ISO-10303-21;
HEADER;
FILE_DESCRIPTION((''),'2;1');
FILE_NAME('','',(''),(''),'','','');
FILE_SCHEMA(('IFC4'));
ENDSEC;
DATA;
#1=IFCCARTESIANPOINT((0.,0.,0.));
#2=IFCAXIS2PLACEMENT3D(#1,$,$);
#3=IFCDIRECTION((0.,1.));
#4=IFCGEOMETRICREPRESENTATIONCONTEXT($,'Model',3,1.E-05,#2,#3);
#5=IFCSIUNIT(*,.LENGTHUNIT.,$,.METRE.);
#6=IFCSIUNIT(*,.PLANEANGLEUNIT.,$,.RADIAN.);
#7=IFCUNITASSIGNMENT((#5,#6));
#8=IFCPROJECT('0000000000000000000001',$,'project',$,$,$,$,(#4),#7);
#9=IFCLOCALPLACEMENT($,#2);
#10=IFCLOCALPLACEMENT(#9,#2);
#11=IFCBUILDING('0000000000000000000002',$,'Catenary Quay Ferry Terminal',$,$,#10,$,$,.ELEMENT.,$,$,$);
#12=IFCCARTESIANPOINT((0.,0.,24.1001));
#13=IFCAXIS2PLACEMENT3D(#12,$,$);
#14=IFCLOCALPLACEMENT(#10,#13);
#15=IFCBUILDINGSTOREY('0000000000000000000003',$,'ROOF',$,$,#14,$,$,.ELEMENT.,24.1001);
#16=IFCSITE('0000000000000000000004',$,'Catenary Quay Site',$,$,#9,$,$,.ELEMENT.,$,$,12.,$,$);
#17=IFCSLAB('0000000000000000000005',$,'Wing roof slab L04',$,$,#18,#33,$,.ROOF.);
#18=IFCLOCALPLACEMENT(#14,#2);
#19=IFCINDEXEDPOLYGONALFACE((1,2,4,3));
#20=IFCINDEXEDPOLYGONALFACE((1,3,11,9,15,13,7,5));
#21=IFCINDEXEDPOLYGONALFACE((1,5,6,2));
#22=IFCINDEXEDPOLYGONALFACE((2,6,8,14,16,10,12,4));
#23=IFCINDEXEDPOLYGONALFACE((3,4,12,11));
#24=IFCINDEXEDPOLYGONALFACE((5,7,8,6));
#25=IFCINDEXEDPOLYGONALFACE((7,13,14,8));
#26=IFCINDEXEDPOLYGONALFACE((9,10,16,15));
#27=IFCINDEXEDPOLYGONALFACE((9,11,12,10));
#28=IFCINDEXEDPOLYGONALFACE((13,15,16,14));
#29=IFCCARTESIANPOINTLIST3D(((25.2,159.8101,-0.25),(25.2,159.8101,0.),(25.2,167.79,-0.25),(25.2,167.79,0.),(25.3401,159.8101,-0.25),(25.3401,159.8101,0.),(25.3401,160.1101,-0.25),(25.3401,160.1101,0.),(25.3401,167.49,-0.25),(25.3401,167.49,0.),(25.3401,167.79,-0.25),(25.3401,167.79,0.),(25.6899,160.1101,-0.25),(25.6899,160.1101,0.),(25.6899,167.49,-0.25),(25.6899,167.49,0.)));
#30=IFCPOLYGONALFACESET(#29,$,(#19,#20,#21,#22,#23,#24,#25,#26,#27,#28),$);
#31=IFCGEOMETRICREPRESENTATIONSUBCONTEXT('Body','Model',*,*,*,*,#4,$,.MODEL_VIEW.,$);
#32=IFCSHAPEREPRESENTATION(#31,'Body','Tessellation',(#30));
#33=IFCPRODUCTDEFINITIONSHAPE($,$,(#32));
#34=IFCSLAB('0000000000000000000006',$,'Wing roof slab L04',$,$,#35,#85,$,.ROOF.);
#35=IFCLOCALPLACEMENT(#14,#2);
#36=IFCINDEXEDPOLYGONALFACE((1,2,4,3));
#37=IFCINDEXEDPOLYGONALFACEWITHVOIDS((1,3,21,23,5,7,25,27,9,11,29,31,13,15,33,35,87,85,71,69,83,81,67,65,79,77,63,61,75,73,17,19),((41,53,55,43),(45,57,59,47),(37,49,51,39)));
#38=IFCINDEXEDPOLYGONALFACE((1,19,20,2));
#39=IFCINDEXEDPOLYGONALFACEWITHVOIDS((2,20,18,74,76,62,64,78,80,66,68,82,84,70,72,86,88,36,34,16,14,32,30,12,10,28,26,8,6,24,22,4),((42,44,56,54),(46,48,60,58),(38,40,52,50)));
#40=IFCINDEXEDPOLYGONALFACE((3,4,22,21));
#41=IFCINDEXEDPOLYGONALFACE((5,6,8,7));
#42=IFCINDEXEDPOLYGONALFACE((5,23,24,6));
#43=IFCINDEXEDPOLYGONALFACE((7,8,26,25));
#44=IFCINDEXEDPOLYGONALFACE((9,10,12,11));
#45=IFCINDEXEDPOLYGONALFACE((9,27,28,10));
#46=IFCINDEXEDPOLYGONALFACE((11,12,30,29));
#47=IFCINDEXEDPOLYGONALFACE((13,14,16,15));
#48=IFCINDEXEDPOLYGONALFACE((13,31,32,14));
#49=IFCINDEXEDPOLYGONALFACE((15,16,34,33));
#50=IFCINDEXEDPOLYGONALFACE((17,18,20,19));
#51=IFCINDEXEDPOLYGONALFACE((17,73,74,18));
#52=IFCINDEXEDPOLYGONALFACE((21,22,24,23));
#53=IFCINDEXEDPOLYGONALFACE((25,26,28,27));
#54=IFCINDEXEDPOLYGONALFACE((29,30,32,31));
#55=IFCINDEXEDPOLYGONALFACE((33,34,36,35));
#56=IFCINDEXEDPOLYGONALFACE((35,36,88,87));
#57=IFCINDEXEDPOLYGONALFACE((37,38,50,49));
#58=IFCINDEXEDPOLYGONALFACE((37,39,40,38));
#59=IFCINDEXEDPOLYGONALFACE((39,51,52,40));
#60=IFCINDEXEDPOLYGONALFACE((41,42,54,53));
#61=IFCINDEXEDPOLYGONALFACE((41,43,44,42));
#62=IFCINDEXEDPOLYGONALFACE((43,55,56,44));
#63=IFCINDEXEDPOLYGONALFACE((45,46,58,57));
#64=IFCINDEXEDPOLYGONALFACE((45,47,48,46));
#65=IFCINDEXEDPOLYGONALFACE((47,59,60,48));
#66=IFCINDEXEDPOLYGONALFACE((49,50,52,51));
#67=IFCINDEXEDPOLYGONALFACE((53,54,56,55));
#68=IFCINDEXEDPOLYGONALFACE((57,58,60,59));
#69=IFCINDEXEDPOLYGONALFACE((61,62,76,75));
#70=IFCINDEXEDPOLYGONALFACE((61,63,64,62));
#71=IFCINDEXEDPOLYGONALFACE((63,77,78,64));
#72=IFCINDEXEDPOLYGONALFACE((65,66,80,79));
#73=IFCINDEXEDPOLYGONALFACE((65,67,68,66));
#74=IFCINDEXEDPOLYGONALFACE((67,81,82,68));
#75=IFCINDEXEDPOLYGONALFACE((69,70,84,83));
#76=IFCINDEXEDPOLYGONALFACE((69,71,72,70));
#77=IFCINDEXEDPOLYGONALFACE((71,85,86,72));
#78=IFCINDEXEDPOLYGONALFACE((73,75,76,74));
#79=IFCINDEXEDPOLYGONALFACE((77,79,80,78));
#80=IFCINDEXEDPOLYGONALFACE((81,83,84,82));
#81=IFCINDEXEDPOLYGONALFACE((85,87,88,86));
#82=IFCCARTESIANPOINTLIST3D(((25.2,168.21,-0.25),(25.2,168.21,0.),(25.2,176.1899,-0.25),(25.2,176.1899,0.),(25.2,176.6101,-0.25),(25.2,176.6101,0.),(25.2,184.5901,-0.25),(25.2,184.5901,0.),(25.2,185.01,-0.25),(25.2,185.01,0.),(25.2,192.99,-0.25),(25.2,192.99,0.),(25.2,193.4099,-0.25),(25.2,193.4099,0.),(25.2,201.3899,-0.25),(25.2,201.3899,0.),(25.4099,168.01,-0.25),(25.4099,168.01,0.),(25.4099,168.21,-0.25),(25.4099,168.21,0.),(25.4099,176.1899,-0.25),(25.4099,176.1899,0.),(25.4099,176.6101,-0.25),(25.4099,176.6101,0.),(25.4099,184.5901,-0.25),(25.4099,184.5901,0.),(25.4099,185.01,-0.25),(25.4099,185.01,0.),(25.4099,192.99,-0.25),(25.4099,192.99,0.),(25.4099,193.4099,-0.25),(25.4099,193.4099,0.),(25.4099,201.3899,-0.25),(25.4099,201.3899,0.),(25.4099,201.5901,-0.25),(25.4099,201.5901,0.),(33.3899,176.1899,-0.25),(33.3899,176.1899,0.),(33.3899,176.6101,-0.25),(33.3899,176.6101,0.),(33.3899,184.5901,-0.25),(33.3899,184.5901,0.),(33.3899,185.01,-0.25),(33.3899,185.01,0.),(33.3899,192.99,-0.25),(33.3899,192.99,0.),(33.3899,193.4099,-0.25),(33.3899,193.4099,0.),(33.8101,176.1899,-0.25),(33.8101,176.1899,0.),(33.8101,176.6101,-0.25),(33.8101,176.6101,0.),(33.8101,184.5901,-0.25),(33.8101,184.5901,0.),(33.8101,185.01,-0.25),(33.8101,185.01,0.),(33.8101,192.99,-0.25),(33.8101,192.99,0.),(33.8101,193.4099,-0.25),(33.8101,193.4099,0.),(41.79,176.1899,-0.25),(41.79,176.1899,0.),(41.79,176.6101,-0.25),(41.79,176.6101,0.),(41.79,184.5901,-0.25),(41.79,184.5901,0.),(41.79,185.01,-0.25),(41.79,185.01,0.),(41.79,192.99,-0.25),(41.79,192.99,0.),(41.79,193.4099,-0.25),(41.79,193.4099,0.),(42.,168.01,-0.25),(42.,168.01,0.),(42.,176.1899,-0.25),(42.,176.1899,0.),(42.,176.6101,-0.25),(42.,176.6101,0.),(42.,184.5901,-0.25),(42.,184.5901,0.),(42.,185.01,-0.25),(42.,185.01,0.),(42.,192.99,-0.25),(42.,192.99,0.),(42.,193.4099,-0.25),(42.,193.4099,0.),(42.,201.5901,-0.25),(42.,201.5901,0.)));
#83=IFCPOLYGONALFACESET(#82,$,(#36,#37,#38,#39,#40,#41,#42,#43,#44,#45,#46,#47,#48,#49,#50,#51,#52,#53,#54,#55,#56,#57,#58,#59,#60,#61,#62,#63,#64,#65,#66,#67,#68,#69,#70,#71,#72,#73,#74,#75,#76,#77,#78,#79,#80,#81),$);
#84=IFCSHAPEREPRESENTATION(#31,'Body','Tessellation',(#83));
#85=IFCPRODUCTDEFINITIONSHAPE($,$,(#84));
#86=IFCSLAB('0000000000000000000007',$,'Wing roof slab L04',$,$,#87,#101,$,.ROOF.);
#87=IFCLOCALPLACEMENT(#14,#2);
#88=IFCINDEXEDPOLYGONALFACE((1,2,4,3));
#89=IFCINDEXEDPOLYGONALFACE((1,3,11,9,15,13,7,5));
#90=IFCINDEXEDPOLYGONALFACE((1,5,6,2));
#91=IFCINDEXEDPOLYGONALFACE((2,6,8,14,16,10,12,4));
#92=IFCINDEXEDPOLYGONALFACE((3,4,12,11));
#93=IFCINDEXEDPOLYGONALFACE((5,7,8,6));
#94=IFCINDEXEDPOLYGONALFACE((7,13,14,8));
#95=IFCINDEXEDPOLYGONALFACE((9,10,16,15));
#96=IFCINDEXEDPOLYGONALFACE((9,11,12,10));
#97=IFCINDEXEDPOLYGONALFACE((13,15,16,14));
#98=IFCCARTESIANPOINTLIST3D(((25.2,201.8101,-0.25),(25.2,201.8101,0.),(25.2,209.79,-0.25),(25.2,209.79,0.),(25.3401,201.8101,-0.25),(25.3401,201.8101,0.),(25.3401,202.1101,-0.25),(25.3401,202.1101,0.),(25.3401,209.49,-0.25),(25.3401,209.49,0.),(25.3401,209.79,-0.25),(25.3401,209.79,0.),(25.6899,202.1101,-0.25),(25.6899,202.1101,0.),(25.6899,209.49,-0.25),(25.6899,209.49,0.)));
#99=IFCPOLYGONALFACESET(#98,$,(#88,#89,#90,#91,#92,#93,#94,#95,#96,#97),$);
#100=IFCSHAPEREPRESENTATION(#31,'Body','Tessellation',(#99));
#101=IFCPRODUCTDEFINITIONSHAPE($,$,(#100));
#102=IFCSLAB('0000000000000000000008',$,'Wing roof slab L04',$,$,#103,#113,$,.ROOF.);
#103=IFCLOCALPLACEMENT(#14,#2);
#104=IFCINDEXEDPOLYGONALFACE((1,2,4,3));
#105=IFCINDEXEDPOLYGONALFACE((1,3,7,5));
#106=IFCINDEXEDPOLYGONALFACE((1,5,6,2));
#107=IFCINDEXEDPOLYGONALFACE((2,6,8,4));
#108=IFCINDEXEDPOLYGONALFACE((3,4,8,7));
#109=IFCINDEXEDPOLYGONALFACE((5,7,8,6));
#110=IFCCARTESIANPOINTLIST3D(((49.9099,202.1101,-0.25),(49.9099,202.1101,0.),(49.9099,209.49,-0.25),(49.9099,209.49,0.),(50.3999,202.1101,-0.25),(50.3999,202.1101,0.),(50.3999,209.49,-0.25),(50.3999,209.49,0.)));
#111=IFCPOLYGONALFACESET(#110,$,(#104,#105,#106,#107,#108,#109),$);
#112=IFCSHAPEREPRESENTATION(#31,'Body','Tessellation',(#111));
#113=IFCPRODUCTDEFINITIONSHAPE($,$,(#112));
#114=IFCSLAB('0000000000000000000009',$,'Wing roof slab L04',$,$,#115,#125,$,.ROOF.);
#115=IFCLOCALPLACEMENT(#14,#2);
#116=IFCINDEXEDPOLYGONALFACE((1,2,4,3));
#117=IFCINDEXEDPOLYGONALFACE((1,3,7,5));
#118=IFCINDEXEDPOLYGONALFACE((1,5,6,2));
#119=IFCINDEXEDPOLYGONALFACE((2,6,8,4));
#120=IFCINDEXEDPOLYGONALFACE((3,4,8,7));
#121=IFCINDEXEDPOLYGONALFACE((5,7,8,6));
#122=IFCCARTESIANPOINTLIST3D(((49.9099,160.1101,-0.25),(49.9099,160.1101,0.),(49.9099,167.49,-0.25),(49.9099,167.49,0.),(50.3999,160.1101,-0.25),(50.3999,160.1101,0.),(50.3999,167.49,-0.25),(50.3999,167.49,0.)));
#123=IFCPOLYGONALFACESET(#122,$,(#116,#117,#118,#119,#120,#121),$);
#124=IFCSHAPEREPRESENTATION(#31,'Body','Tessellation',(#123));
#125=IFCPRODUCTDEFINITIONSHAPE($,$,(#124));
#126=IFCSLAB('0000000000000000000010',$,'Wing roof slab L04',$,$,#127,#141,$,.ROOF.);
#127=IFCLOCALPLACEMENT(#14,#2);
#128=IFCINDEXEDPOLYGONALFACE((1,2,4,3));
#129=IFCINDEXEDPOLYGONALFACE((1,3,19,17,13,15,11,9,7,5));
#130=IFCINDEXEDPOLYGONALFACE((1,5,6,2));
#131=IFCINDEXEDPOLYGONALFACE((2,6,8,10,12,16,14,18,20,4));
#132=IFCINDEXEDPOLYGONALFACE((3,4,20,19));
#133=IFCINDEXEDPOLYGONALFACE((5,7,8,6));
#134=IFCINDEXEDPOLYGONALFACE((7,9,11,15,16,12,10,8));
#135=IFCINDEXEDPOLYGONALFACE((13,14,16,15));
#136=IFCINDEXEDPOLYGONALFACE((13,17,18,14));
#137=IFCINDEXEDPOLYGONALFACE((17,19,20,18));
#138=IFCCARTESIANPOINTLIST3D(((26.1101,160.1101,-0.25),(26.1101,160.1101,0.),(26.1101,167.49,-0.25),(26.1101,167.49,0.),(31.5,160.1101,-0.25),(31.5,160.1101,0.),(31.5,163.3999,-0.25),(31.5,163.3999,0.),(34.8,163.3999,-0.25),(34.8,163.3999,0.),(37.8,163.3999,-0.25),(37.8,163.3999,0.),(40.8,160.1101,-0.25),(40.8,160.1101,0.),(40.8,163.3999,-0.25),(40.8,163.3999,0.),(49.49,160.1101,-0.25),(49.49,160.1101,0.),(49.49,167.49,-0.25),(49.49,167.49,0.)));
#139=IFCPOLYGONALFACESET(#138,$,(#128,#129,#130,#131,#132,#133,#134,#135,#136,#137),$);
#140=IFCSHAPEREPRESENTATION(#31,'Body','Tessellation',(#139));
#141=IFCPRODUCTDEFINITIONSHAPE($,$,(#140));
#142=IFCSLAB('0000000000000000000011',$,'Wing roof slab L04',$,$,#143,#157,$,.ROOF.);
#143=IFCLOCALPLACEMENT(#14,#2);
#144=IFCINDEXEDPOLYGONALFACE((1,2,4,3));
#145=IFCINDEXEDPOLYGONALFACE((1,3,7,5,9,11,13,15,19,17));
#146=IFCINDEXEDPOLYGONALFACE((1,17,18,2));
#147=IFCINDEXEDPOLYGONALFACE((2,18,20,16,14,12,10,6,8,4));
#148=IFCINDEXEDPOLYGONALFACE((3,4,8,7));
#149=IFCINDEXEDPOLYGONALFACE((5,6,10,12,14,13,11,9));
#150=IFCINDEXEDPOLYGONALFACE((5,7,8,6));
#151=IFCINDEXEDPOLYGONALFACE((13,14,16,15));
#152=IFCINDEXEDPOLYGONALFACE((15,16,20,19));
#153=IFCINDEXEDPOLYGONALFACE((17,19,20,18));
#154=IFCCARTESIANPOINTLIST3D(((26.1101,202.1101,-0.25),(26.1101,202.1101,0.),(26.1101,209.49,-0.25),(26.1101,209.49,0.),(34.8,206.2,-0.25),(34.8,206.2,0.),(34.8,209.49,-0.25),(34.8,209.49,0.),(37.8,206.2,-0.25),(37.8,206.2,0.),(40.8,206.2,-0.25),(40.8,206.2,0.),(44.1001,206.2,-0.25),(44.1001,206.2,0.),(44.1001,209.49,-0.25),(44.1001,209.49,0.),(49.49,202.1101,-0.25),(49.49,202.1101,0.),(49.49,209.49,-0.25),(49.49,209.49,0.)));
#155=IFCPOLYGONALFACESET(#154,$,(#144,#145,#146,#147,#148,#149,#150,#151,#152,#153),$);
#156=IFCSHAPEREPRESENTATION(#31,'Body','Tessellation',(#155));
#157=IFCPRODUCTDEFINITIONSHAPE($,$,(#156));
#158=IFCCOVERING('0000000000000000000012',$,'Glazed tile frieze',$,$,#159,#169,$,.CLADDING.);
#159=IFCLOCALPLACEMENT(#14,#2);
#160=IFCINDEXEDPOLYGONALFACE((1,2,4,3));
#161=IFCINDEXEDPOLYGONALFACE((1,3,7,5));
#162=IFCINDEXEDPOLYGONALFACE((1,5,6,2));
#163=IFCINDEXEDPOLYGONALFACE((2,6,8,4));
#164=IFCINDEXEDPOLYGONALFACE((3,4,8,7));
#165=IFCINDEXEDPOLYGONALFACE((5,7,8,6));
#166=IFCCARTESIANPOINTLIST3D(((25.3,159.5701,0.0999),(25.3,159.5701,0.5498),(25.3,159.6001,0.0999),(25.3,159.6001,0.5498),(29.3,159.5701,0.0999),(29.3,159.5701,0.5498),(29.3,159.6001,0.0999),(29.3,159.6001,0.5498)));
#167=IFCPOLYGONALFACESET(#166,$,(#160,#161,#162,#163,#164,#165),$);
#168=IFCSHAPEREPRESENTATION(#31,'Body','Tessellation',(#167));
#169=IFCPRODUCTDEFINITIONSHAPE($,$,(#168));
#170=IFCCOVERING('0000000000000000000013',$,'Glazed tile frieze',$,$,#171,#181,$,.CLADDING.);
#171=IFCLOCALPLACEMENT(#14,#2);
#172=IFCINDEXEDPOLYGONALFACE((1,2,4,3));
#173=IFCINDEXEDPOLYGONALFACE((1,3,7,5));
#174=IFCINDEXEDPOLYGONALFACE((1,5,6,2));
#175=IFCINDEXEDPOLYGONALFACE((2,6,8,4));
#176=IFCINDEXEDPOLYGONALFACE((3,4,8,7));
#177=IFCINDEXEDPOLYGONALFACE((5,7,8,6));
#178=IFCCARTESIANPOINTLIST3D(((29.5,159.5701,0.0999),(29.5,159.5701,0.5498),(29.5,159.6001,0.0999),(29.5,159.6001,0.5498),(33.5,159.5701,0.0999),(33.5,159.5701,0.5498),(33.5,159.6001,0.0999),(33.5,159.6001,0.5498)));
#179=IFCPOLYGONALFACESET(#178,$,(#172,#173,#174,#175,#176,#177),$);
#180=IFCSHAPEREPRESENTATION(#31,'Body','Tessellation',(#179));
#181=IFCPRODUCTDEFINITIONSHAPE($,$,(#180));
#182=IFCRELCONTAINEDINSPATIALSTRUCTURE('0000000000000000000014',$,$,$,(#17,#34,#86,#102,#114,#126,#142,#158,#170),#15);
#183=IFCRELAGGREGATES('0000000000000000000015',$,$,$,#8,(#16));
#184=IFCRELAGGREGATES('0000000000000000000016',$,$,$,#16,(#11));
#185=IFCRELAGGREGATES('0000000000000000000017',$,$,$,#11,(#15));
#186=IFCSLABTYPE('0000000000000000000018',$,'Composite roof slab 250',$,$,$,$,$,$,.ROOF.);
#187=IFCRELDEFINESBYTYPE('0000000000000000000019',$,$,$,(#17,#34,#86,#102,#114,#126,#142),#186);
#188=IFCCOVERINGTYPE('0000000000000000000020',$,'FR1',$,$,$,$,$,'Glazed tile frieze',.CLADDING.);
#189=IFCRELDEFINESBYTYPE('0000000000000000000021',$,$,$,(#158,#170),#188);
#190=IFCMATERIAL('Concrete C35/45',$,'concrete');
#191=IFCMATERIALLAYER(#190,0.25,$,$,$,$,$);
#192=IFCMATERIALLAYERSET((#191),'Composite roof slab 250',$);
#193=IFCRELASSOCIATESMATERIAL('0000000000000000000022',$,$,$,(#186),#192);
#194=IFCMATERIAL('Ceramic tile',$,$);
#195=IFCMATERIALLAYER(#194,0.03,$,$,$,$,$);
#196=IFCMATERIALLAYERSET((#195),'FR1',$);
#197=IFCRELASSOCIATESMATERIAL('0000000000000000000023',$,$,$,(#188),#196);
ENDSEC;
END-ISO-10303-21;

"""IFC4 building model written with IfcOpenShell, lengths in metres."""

from ifc_helpers import new_model, si_unit, direction, frame, origin, place, context, subcontext, project, spatial, polyline, outline, extrude, material, layer, layer_set, type_object, element, save


model = new_model("IFC4")

# Units and contexts
model_context = context("Model", 3, precision=1e-05, world=origin(), true_north=direction((0.0, 1.0)))
body_context = subcontext(model_context, "Body", "Model", "MODEL_VIEW")
ifc_project = project(units=[si_unit("LENGTHUNIT", "METRE"), si_unit("PLANEANGLEUNIT", "RADIAN")], contexts=[model_context])

# Site, building, storey
site_placement = place(None, origin())
site = spatial("IfcSite", under=ifc_project, at=site_placement, Name="Catenary Quay Site", CompositionType="ELEMENT", RefElevation=12.0)
building_placement = place(site_placement, origin())
building = spatial("IfcBuilding", under=site, at=building_placement, Name="Catenary Quay Ferry Terminal", CompositionType="ELEMENT")
storey_placement = place(building_placement, frame((0.0, 0.0, 24.1001)))
storey = spatial("IfcBuildingStorey", under=building, at=storey_placement, Name="ROOF", CompositionType="ELEMENT", Elevation=24.1001)

# Slabs
ifc_material_1 = material(Name="Concrete C35/45", Category="concrete")
ifc_layer_1 = layer(ifc_material_1, 0.25)
ifc_layer_set_1 = layer_set([ifc_layer_1], Name="Composite roof slab 250")
slab_type = type_object("IfcSlabType", Name="Composite roof slab 250", PredefinedType="ROOF", material=ifc_layer_set_1)
slab_1_placement = place(storey_placement, frame((0.0, 0.0, -0.25)))
element("IfcSlab", 1, at=slab_1_placement, inside=storey, type_object=slab_type, Name="Wing roof slab L04", PredefinedType="ROOF", context=body_context, shape_type="SweptSolid", body=[
    extrude(outline(polyline([(25.2, 167.79), (25.3401, 167.79), (25.3401, 167.49), (25.6899, 167.49), (25.6899, 160.1101), (25.3401, 160.1101), (25.3401, 159.8101), (25.2, 159.8101), (25.2, 167.79)])), origin(), (0.0, 0.0, 1.0), 0.25),
])
slab_2_placement = place(storey_placement, frame((0.0, 0.0, -0.25)))
element("IfcSlab", 2, at=slab_2_placement, inside=storey, type_object=slab_type, Name="Wing roof slab L04", PredefinedType="ROOF", context=body_context, shape_type="SweptSolid", body=[
    extrude(outline(polyline([(25.2, 176.1899), (25.4099, 176.1899), (25.4099, 176.6101), (25.2, 176.6101), (25.2, 184.5901), (25.4099, 184.5901), (25.4099, 185.01), (25.2, 185.01), (25.2, 192.99), (25.4099, 192.99), (25.4099, 193.4099), (25.2, 193.4099), (25.2, 201.3899), (25.4099, 201.3899), (25.4099, 201.5901), (42.0, 201.5901), (42.0, 193.4099), (41.79, 193.4099), (41.79, 192.99), (42.0, 192.99), (42.0, 185.01), (41.79, 185.01), (41.79, 184.5901), (42.0, 184.5901), (42.0, 176.6101), (41.79, 176.6101), (41.79, 176.1899), (42.0, 176.1899), (42.0, 168.01), (25.4099, 168.01), (25.4099, 168.21), (25.2, 168.21), (25.2, 176.1899)]), holes=[polyline([(33.8101, 176.1899), (33.8101, 176.6101), (33.3899, 176.6101), (33.3899, 176.1899), (33.8101, 176.1899)]), polyline([(33.8101, 184.5901), (33.8101, 185.01), (33.3899, 185.01), (33.3899, 184.5901), (33.8101, 184.5901)]), polyline([(33.8101, 192.99), (33.8101, 193.4099), (33.3899, 193.4099), (33.3899, 192.99), (33.8101, 192.99)])]), origin(), (0.0, 0.0, 1.0), 0.25),
])
slab_3_placement = place(storey_placement, frame((0.0, 0.0, -0.25)))
element("IfcSlab", 3, at=slab_3_placement, inside=storey, type_object=slab_type, Name="Wing roof slab L04", PredefinedType="ROOF", context=body_context, shape_type="SweptSolid", body=[
    extrude(outline(polyline([(25.2, 209.79), (25.3401, 209.79), (25.3401, 209.49), (25.6899, 209.49), (25.6899, 202.1101), (25.3401, 202.1101), (25.3401, 201.8101), (25.2, 201.8101), (25.2, 209.79)])), origin(), (0.0, 0.0, 1.0), 0.25),
])
slab_4_placement = place(storey_placement, frame((0.0, 0.0, -0.25)))
element("IfcSlab", 4, at=slab_4_placement, inside=storey, type_object=slab_type, Name="Wing roof slab L04", PredefinedType="ROOF", context=body_context, shape_type="SweptSolid", body=[
    extrude(outline(polyline([(50.3999, 202.1101), (49.9099, 202.1101), (49.9099, 209.49), (50.3999, 209.49), (50.3999, 202.1101)])), origin(), (0.0, 0.0, 1.0), 0.25),
])
slab_5_placement = place(storey_placement, frame((0.0, 0.0, -0.25)))
element("IfcSlab", 5, at=slab_5_placement, inside=storey, type_object=slab_type, Name="Wing roof slab L04", PredefinedType="ROOF", context=body_context, shape_type="SweptSolid", body=[
    extrude(outline(polyline([(50.3999, 160.1101), (49.9099, 160.1101), (49.9099, 167.49), (50.3999, 167.49), (50.3999, 160.1101)])), origin(), (0.0, 0.0, 1.0), 0.25),
])
slab_6_placement = place(storey_placement, frame((0.0, 0.0, -0.25)))
element("IfcSlab", 6, at=slab_6_placement, inside=storey, type_object=slab_type, Name="Wing roof slab L04", PredefinedType="ROOF", context=body_context, shape_type="SweptSolid", body=[
    extrude(outline(polyline([(26.1101, 167.49), (49.49, 167.49), (49.49, 160.1101), (40.8, 160.1101), (40.8, 163.3999), (37.8, 163.3999), (34.8, 163.3999), (31.5, 163.3999), (31.5, 160.1101), (26.1101, 160.1101), (26.1101, 167.49)])), origin(), (0.0, 0.0, 1.0), 0.25),
])
slab_7_placement = place(storey_placement, frame((0.0, 0.0, -0.25)))
element("IfcSlab", 7, at=slab_7_placement, inside=storey, type_object=slab_type, Name="Wing roof slab L04", PredefinedType="ROOF", context=body_context, shape_type="SweptSolid", body=[
    extrude(outline(polyline([(26.1101, 209.49), (34.8, 209.49), (34.8, 206.2), (37.8, 206.2), (40.8, 206.2), (44.1001, 206.2), (44.1001, 209.49), (49.49, 209.49), (49.49, 202.1101), (26.1101, 202.1101), (26.1101, 209.49)])), origin(), (0.0, 0.0, 1.0), 0.25),
])

# Coverings
ifc_material_2 = material(Name="Ceramic tile")
ifc_layer_2 = layer(ifc_material_2, 0.03)
ifc_layer_set_2 = layer_set([ifc_layer_2], Name="FR1")
covering_type = type_object("IfcCoveringType", Name="FR1", ElementType="Glazed tile frieze", PredefinedType="CLADDING", material=ifc_layer_set_2)
covering_1_placement = place(storey_placement, frame((0.0, 0.0, 0.0999)))
element("IfcCovering", 8, at=covering_1_placement, inside=storey, type_object=covering_type, Name="Glazed tile frieze", PredefinedType="CLADDING", context=body_context, shape_type="SweptSolid", body=[
    extrude(outline(polyline([(25.3, 159.6001), (29.3, 159.6001), (29.3, 159.5701), (25.3, 159.5701), (25.3, 159.6001)])), origin(), (0.0, 0.0, 1.0), 0.45),
])
covering_2_placement = place(storey_placement, frame((0.0, 0.0, 0.0999)))
element("IfcCovering", 9, at=covering_2_placement, inside=storey, type_object=covering_type, Name="Glazed tile frieze", PredefinedType="CLADDING", context=body_context, shape_type="SweptSolid", body=[
    extrude(outline(polyline([(29.5, 159.6001), (33.5, 159.6001), (33.5, 159.5701), (29.5, 159.5701), (29.5, 159.6001)])), origin(), (0.0, 0.0, 1.0), 0.45),
])

save(model, "model.ifc")
